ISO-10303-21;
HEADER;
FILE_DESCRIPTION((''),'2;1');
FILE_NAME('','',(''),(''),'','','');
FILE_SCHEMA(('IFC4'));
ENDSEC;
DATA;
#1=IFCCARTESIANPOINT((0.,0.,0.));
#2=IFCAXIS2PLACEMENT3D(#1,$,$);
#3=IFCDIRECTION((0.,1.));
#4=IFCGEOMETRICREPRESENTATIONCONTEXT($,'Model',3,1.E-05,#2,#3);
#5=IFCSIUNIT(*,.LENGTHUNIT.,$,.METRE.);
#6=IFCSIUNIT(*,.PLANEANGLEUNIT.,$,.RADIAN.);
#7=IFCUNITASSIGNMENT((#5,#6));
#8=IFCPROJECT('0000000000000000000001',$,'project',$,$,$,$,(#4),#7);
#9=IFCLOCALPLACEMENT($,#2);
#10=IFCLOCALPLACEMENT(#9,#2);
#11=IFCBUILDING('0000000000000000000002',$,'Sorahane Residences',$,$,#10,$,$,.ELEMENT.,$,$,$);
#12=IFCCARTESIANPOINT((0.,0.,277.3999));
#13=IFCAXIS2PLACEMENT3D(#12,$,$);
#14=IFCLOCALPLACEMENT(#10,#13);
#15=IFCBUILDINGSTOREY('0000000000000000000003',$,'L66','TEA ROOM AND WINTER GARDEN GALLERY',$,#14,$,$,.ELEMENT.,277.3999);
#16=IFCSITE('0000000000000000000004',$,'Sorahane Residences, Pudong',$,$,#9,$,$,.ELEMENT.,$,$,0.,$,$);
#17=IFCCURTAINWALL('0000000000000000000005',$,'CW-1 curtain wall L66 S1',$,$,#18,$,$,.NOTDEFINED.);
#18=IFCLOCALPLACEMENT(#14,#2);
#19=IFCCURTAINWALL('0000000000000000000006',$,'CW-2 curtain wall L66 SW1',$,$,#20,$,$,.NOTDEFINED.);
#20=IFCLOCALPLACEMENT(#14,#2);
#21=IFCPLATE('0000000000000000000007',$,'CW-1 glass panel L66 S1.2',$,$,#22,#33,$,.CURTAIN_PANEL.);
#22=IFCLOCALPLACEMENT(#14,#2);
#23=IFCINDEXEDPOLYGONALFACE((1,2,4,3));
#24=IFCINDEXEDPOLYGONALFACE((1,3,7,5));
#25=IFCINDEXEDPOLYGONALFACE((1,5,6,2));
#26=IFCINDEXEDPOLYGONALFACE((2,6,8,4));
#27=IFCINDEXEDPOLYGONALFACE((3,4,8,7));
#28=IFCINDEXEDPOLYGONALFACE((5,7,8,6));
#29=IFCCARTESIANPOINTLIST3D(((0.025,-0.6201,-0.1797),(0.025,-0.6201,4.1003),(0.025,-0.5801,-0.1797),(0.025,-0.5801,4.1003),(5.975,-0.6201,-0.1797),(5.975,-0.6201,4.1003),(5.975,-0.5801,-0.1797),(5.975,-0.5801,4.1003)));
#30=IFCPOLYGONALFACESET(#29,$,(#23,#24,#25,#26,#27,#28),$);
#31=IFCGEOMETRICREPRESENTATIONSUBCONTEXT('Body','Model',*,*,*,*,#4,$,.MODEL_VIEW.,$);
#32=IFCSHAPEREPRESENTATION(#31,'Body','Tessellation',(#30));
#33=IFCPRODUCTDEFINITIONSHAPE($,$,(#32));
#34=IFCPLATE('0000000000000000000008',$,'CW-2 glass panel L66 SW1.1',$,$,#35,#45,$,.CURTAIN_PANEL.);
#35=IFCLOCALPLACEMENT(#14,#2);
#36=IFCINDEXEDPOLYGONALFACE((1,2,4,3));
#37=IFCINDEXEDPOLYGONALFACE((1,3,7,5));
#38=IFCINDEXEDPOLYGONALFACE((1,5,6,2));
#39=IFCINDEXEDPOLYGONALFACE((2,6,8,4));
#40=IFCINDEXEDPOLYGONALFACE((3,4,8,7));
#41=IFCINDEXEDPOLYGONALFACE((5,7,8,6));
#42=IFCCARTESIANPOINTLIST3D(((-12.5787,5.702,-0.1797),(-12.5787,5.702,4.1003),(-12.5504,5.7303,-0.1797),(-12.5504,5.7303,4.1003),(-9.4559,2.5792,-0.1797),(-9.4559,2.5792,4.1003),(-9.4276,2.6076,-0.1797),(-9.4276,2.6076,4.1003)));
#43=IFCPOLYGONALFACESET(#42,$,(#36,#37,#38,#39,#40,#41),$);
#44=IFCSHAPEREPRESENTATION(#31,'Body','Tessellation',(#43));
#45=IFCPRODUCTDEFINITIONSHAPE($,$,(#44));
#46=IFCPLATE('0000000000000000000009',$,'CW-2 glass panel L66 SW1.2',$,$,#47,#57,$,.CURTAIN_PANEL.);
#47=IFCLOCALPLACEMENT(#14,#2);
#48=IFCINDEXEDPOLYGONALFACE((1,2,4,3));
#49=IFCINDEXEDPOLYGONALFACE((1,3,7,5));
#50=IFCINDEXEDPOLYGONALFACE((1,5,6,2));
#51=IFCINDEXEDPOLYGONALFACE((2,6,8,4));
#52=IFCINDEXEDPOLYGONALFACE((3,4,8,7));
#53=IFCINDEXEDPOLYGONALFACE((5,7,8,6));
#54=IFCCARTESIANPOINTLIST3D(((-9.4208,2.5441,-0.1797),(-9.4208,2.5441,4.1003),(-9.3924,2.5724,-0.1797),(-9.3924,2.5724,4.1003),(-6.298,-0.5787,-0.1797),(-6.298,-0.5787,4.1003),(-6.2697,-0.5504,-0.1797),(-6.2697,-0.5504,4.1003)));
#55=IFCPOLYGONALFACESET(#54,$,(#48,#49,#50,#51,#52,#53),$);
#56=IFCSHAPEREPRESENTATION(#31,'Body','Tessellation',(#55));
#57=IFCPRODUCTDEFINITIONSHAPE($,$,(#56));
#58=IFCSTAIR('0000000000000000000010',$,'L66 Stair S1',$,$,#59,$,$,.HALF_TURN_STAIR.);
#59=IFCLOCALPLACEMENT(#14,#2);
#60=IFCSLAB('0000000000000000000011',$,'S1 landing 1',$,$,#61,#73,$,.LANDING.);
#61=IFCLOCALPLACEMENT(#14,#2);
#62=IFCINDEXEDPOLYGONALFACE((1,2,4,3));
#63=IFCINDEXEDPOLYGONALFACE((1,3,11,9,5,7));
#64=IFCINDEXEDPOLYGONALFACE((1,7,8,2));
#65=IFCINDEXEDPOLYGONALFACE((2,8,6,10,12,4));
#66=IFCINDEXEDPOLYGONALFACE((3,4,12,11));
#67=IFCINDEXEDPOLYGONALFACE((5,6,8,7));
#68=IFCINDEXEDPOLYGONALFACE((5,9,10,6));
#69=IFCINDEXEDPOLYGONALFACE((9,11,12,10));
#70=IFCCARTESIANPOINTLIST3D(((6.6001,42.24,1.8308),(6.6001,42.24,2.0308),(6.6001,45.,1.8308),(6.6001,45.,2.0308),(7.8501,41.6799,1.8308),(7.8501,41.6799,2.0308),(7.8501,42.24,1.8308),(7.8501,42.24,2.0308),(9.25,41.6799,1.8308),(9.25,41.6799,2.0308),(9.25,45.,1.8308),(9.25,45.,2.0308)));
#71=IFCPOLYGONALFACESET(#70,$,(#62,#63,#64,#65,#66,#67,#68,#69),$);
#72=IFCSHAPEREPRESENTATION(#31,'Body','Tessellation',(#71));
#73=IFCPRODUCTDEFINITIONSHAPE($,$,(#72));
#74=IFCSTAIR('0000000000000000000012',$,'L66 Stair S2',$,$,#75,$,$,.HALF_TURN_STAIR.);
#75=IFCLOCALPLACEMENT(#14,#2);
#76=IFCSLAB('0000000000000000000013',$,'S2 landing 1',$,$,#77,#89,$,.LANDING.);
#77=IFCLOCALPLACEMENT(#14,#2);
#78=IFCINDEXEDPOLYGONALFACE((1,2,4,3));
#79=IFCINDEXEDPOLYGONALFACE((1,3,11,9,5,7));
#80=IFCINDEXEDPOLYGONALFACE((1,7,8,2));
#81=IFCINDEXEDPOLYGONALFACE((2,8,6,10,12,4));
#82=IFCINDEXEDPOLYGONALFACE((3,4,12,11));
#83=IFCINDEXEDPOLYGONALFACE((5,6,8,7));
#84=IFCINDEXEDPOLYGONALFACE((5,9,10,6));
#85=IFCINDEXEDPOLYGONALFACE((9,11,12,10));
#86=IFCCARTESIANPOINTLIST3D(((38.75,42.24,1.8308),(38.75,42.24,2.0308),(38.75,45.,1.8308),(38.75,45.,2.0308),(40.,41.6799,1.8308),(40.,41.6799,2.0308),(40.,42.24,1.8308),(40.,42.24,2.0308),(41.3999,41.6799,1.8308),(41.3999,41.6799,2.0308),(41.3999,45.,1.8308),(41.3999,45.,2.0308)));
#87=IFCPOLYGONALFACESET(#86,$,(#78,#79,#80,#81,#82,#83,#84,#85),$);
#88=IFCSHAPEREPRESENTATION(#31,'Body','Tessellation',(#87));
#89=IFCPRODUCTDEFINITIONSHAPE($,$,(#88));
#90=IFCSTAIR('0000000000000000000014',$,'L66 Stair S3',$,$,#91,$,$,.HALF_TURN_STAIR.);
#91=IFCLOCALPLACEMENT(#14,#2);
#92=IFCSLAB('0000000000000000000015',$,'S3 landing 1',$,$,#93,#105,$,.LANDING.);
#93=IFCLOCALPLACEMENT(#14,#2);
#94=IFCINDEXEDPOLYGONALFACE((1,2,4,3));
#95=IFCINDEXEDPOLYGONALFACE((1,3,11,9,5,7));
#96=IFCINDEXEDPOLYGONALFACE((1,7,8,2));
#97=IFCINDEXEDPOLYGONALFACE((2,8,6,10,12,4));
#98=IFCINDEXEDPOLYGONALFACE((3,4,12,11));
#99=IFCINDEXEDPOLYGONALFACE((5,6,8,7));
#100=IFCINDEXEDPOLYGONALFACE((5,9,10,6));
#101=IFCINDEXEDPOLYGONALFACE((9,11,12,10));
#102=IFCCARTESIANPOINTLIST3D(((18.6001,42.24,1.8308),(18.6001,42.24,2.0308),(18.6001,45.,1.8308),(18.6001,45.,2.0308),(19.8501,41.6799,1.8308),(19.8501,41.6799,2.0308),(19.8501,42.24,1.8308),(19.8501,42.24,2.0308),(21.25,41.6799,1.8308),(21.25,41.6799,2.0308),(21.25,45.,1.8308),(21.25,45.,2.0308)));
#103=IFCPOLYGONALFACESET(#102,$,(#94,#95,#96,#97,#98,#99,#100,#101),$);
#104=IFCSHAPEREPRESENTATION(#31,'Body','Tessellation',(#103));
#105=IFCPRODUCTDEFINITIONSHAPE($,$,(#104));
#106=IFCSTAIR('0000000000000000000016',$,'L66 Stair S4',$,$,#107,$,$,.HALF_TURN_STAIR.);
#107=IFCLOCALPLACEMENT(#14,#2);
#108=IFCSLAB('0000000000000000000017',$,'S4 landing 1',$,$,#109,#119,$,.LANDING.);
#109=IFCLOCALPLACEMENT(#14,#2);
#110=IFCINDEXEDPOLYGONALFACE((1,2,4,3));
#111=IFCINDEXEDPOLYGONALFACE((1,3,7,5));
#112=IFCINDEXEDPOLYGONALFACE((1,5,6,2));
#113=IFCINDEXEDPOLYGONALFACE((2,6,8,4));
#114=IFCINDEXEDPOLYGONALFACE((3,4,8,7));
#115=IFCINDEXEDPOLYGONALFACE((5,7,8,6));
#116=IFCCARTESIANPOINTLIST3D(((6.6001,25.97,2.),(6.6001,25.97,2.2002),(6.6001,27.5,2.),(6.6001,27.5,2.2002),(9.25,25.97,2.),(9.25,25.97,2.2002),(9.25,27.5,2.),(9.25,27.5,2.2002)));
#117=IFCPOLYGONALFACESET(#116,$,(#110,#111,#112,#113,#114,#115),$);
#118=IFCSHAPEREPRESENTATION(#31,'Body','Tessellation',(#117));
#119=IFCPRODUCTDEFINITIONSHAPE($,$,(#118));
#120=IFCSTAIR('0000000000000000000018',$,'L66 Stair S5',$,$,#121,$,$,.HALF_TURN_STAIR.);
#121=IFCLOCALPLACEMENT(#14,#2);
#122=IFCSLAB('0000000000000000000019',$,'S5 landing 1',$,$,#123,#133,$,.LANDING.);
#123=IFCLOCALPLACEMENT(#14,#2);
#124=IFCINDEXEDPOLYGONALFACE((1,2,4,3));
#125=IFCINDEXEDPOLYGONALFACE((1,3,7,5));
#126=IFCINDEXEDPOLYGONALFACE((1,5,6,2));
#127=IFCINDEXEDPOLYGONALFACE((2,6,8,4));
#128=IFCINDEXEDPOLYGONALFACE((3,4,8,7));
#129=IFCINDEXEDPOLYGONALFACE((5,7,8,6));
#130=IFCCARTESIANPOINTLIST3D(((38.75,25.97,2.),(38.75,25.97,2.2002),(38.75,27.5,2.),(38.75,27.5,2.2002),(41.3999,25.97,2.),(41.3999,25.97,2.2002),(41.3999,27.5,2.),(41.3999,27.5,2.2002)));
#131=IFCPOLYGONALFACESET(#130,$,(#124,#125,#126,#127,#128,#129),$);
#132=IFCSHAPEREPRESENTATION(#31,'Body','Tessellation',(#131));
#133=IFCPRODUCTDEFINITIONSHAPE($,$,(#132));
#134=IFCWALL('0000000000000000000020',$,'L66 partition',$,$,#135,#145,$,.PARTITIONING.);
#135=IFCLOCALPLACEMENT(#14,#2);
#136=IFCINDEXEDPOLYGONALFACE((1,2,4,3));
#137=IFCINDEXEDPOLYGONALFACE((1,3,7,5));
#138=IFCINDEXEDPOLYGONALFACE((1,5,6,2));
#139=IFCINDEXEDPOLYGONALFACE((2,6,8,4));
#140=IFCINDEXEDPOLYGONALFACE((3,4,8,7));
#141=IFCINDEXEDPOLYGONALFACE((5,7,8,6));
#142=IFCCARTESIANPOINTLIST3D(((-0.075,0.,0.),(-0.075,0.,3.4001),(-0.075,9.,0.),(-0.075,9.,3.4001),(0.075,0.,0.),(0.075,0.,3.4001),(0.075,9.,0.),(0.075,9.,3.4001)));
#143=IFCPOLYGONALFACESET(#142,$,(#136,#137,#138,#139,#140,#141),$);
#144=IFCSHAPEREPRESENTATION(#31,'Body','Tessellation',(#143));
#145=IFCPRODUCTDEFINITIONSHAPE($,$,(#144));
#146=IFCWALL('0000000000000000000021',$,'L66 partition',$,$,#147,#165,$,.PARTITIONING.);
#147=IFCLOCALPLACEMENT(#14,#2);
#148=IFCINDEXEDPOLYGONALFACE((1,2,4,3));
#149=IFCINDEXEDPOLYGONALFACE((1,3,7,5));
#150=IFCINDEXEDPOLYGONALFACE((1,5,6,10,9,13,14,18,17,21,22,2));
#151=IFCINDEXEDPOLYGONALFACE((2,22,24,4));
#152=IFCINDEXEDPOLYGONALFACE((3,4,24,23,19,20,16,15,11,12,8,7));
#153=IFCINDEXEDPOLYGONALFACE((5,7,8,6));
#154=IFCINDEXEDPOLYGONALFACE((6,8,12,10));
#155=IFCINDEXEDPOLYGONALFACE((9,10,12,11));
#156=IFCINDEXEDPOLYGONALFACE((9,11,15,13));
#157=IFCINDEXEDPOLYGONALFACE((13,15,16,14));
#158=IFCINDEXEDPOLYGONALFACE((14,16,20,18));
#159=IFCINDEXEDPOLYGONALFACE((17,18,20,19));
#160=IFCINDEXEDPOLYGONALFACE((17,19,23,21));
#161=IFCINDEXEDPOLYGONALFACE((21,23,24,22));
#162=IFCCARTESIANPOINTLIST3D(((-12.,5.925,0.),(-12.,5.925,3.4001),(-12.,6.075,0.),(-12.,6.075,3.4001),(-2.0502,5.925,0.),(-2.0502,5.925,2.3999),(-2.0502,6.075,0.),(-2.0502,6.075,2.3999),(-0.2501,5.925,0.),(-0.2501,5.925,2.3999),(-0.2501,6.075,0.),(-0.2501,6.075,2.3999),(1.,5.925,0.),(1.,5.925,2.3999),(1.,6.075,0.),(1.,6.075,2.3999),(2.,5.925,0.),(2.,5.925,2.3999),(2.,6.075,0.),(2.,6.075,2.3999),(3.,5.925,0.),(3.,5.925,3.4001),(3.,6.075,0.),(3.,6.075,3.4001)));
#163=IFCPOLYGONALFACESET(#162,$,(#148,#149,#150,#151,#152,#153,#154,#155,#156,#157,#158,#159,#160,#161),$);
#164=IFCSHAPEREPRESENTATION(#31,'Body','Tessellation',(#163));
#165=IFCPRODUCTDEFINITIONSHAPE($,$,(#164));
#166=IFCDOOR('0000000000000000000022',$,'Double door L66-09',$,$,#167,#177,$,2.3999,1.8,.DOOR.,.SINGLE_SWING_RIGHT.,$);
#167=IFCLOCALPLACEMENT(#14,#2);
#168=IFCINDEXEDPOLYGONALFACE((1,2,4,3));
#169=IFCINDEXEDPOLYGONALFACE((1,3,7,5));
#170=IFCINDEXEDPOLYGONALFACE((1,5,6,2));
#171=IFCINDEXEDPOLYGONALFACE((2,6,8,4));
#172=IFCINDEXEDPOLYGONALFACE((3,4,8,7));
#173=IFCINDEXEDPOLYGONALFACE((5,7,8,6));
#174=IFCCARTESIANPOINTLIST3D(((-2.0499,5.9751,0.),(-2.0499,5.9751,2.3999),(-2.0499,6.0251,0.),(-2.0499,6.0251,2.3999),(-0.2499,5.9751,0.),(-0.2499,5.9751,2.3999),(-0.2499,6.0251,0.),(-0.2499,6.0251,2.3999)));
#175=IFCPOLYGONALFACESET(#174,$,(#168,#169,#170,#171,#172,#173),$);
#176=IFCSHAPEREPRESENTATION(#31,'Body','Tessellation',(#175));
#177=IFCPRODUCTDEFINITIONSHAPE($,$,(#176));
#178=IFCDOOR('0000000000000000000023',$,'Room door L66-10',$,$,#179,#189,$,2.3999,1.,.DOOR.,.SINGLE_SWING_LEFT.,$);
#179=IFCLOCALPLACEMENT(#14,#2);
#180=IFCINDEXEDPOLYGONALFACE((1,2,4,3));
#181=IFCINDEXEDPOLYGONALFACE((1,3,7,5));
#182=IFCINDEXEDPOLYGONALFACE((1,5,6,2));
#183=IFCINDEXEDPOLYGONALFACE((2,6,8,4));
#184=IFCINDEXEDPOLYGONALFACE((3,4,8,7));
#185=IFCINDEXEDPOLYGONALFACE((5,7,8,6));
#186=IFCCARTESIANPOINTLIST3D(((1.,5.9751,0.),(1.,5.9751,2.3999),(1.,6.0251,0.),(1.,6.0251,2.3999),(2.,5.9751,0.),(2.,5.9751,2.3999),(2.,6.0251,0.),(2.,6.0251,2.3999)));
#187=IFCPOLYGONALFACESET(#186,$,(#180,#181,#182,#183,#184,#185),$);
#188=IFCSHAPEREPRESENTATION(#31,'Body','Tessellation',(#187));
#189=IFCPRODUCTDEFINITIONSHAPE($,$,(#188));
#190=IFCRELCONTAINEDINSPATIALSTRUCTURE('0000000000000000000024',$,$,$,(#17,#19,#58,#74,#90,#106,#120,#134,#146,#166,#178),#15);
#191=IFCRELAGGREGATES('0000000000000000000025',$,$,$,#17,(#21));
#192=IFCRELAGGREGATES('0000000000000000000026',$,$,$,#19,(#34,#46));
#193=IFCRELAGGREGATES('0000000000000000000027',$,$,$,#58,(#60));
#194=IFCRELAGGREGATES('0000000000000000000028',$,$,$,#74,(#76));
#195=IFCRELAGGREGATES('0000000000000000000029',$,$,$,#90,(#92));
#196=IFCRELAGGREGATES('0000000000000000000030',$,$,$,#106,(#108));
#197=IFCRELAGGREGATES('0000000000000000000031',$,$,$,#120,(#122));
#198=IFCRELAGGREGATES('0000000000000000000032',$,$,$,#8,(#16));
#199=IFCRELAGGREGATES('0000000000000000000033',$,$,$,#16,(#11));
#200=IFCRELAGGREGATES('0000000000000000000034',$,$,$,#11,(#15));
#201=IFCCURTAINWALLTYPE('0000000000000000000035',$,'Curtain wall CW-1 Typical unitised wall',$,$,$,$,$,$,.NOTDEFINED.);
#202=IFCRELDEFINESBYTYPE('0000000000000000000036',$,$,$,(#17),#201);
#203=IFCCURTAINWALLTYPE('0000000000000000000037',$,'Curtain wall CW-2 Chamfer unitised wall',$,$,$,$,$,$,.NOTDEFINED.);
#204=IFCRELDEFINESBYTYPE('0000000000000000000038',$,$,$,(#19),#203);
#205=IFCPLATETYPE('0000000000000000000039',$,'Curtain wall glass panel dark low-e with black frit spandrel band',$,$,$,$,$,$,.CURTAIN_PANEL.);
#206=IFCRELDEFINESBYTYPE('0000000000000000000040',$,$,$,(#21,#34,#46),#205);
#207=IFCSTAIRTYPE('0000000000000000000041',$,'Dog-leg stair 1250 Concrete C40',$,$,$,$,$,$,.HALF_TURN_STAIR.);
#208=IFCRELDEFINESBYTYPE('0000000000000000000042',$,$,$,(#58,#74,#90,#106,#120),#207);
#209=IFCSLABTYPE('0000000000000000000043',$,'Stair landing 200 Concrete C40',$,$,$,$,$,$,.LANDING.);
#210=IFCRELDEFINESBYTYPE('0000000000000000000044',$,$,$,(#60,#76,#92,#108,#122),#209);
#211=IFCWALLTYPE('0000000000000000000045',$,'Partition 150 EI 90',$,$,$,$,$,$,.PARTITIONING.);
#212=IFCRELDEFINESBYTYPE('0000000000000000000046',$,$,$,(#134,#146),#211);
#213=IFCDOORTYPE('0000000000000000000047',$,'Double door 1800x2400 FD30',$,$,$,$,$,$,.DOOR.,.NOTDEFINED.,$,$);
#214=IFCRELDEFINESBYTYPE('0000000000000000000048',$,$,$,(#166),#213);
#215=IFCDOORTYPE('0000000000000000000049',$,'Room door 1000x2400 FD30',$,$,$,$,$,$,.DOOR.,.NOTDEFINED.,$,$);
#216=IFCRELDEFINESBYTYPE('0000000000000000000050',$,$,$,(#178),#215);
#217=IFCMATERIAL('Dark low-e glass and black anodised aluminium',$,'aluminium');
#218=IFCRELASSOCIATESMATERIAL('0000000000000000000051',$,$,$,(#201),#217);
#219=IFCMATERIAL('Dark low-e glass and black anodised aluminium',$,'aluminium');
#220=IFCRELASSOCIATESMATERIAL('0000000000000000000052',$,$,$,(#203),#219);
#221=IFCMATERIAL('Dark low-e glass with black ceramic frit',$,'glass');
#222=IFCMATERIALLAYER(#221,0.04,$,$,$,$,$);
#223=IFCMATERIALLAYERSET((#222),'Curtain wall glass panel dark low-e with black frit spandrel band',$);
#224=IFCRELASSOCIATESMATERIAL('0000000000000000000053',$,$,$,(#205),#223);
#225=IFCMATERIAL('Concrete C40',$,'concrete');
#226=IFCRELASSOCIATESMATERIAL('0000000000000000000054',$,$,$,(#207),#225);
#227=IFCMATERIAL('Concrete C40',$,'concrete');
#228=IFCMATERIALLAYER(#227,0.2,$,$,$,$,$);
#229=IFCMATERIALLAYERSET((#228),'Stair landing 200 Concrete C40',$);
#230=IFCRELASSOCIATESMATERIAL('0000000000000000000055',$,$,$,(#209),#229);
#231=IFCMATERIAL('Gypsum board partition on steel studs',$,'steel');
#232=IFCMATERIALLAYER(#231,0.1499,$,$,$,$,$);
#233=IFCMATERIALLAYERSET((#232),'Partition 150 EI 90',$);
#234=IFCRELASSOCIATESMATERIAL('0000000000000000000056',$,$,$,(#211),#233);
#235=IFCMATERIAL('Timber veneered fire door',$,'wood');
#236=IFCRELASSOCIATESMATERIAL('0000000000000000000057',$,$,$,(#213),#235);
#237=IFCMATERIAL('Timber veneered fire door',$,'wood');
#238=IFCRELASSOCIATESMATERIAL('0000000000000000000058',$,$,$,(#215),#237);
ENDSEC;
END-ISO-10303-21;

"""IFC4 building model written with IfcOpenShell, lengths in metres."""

from ifc_helpers import new_model, si_unit, direction, frame, frame_2d, origin, origin_2d, place, context, subcontext, project, spatial, polyline, rectangle, outline, extrude, material, layer, layer_set, type_object, element, fill, aggregate, save


model = new_model("IFC4")

# Units and contexts
model_context = context("Model", 3, precision=1e-05, world=origin(), true_north=direction((0.0, 1.0)))
body_context = subcontext(model_context, "Body", "Model", "MODEL_VIEW")
ifc_project = project(units=[si_unit("LENGTHUNIT", "METRE"), si_unit("PLANEANGLEUNIT", "RADIAN")], contexts=[model_context])

# Site, building, storey
site_placement = place(None, origin())
site = spatial("IfcSite", under=ifc_project, at=site_placement, Name="Sorahane Residences, Pudong", CompositionType="ELEMENT", RefElevation=0.0)
building_placement = place(site_placement, origin())
building = spatial("IfcBuilding", under=site, at=building_placement, Name="Sorahane Residences", CompositionType="ELEMENT")
storey_placement = place(building_placement, frame((0.0, 0.0, 277.3999)))
storey = spatial("IfcBuildingStorey", under=building, at=storey_placement, Name="L66", Description="TEA ROOM AND WINTER GARDEN GALLERY", CompositionType="ELEMENT", Elevation=277.3999)

# Curtain wall
ifc_material_1 = material(Name="Dark low-e glass and black anodised aluminium", Category="aluminium")
curtain_wall_type_1 = type_object("IfcCurtainWallType", Name="Curtain wall CW-1 Typical unitised wall", PredefinedType="NOTDEFINED", material=ifc_material_1)
curtain_wall_1_placement = place(storey_placement, origin())
curtain_wall_1 = element("IfcCurtainWall", 1, at=curtain_wall_1_placement, inside=storey, type_object=curtain_wall_type_1, Name="CW-1 curtain wall L66 S1", PredefinedType="NOTDEFINED")

# Curtain wall
ifc_material_2 = material(Name="Dark low-e glass and black anodised aluminium", Category="aluminium")
curtain_wall_type_2 = type_object("IfcCurtainWallType", Name="Curtain wall CW-2 Chamfer unitised wall", PredefinedType="NOTDEFINED", material=ifc_material_2)
curtain_wall_2_placement = place(storey_placement, origin())
curtain_wall_2 = element("IfcCurtainWall", 2, at=curtain_wall_2_placement, inside=storey, type_object=curtain_wall_type_2, Name="CW-2 curtain wall L66 SW1", PredefinedType="NOTDEFINED")

# Plates
ifc_material_3 = material(Name="Dark low-e glass with black ceramic frit", Category="glass")
ifc_layer_1 = layer(ifc_material_3, 0.04)
ifc_layer_set_1 = layer_set([ifc_layer_1], Name="Curtain wall glass panel dark low-e with black frit spandrel band")
plate_type = type_object("IfcPlateType", Name="Curtain wall glass panel dark low-e with black frit spandrel band", PredefinedType="CURTAIN_PANEL", material=ifc_layer_set_1)
plate_1_placement = place(storey_placement, frame((3.0, -0.6001, -0.1797), z_axis=(0.0, 0.0, 1.0), x_axis=(1.0, 0.0, 0.0)))
plate_1 = element("IfcPlate", 3, at=plate_1_placement, type_object=plate_type, Name="CW-1 glass panel L66 S1.2", PredefinedType="CURTAIN_PANEL", context=body_context, shape_type="SweptSolid", body=[
    extrude(rectangle(XDim=5.95, YDim=0.04, at=origin_2d()), origin(), (0.0, 0.0, 1.0), 4.28),
])
aggregate(curtain_wall_1, [plate_1])
plate_2_placement = place(storey_placement, frame((-11.0032, 4.1548, -0.1797), z_axis=(0.0, 0.0, 1.0), x_axis=(0.707107, -0.707107, 0.0)))
plate_2 = element("IfcPlate", 4, at=plate_2_placement, type_object=plate_type, Name="CW-2 glass panel L66 SW1.1", PredefinedType="CURTAIN_PANEL", context=body_context, shape_type="SweptSolid", body=[
    extrude(rectangle(XDim=4.4163, YDim=0.04, at=origin_2d()), origin(), (0.0, 0.0, 1.0), 4.28),
])
plate_3_placement = place(storey_placement, frame((-7.8452, 0.9968, -0.1797), z_axis=(0.0, 0.0, 1.0), x_axis=(0.707107, -0.707107, 0.0)))
plate_3 = element("IfcPlate", 5, at=plate_3_placement, type_object=plate_type, Name="CW-2 glass panel L66 SW1.2", PredefinedType="CURTAIN_PANEL", context=body_context, shape_type="SweptSolid", body=[
    extrude(rectangle(XDim=4.4163, YDim=0.04, at=origin_2d()), origin(), (0.0, 0.0, 1.0), 4.28),
])
aggregate(curtain_wall_2, [plate_2, plate_3])

# Stairs, slabs
ifc_material_4 = material(Name="Concrete C40", Category="concrete")
stair_type = type_object("IfcStairType", Name="Dog-leg stair 1250 Concrete C40", PredefinedType="HALF_TURN_STAIR", material=ifc_material_4)
stair_1_placement = place(storey_placement, origin())
stair_1 = element("IfcStair", 6, at=stair_1_placement, inside=storey, type_object=stair_type, Name="L66 Stair S1", PredefinedType="HALF_TURN_STAIR")
ifc_material_5 = material(Name="Concrete C40", Category="concrete")
ifc_layer_2 = layer(ifc_material_5, 0.2)
ifc_layer_set_2 = layer_set([ifc_layer_2], Name="Stair landing 200 Concrete C40")
slab_type_1 = type_object("IfcSlabType", Name="Stair landing 200 Concrete C40", PredefinedType="LANDING", material=ifc_layer_set_2)
slab_1_placement = place(storey_placement, frame((0.0, 0.0, 1.8308)))
slab_1 = element("IfcSlab", 7, at=slab_1_placement, type_object=slab_type_1, Name="S1 landing 1", PredefinedType="LANDING", context=body_context, shape_type="SweptSolid", body=[
    extrude(outline(polyline([(9.25, 41.6799), (9.25, 45.0), (6.6001, 45.0), (6.6001, 42.24), (7.8501, 42.24), (7.8501, 41.6799), (9.25, 41.6799)])), origin(), (0.0, 0.0, 1.0), 0.2),
])
aggregate(stair_1, [slab_1])
stair_2_placement = place(storey_placement, origin())
stair_2 = element("IfcStair", 8, at=stair_2_placement, inside=storey, type_object=stair_type, Name="L66 Stair S2", PredefinedType="HALF_TURN_STAIR")
slab_2_placement = place(storey_placement, frame((0.0, 0.0, 1.8308)))
slab_2 = element("IfcSlab", 9, at=slab_2_placement, type_object=slab_type_1, Name="S2 landing 1", PredefinedType="LANDING", context=body_context, shape_type="SweptSolid", body=[
    extrude(outline(polyline([(41.3999, 41.6799), (41.3999, 45.0), (38.75, 45.0), (38.75, 42.24), (40.0, 42.24), (40.0, 41.6799), (41.3999, 41.6799)])), origin(), (0.0, 0.0, 1.0), 0.2),
])
aggregate(stair_2, [slab_2])
stair_3_placement = place(storey_placement, origin())
stair_3 = element("IfcStair", 10, at=stair_3_placement, inside=storey, type_object=stair_type, Name="L66 Stair S3", PredefinedType="HALF_TURN_STAIR")
slab_3_placement = place(storey_placement, frame((0.0, 0.0, 1.8308)))
slab_3 = element("IfcSlab", 11, at=slab_3_placement, type_object=slab_type_1, Name="S3 landing 1", PredefinedType="LANDING", context=body_context, shape_type="SweptSolid", body=[
    extrude(outline(polyline([(21.25, 41.6799), (21.25, 45.0), (18.6001, 45.0), (18.6001, 42.24), (19.8501, 42.24), (19.8501, 41.6799), (21.25, 41.6799)])), origin(), (0.0, 0.0, 1.0), 0.2),
])
aggregate(stair_3, [slab_3])
stair_4_placement = place(storey_placement, origin())
stair_4 = element("IfcStair", 12, at=stair_4_placement, inside=storey, type_object=stair_type, Name="L66 Stair S4", PredefinedType="HALF_TURN_STAIR")
slab_4_placement = place(storey_placement, frame((0.0, 0.0, 2.0)))
slab_4 = element("IfcSlab", 13, at=slab_4_placement, type_object=slab_type_1, Name="S4 landing 1", PredefinedType="LANDING", context=body_context, shape_type="SweptSolid", body=[
    extrude(outline(polyline([(9.25, 25.97), (9.25, 27.5), (6.6001, 27.5), (6.6001, 25.97), (9.25, 25.97)])), origin(), (0.0, 0.0, 1.0), 0.2002),
])
aggregate(stair_4, [slab_4])
stair_5_placement = place(storey_placement, origin())
stair_5 = element("IfcStair", 14, at=stair_5_placement, inside=storey, type_object=stair_type, Name="L66 Stair S5", PredefinedType="HALF_TURN_STAIR")
slab_5_placement = place(storey_placement, frame((0.0, 0.0, 2.0)))
slab_5 = element("IfcSlab", 15, at=slab_5_placement, type_object=slab_type_1, Name="S5 landing 1", PredefinedType="LANDING", context=body_context, shape_type="SweptSolid", body=[
    extrude(outline(polyline([(41.3999, 25.97), (41.3999, 27.5), (38.75, 27.5), (38.75, 25.97), (41.3999, 25.97)])), origin(), (0.0, 0.0, 1.0), 0.2002),
])
aggregate(stair_5, [slab_5])

# Wall
ifc_material_6 = material(Name="Gypsum board partition on steel studs", Category="steel")
ifc_layer_3 = layer(ifc_material_6, 0.1499)
ifc_layer_set_3 = layer_set([ifc_layer_3], Name="Partition 150 EI 90")
wall_type = type_object("IfcWallType", Name="Partition 150 EI 90", PredefinedType="PARTITIONING", material=ifc_layer_set_3)
wall_1_placement = place(storey_placement, frame((0.0, 0.0, 0.0), z_axis=(0.0, 0.0, 1.0), x_axis=(0.0, 1.0, 0.0)))
element("IfcWall", 16, at=wall_1_placement, inside=storey, type_object=wall_type, Name="L66 partition", PredefinedType="PARTITIONING", context=body_context, shape_type="SweptSolid", body=[
    extrude(rectangle(XDim=9.0, YDim=0.1499, at=frame_2d((4.5, 0.0))), origin(), (0.0, 0.0, 1.0), 3.4001),
])

# Wall, openings, doors
wall_2_placement = place(storey_placement, frame((-12.0, 6.0, 0.0), z_axis=(0.0, 0.0, 1.0), x_axis=(1.0, 0.0, 0.0)))
wall_2 = element("IfcWall", 17, at=wall_2_placement, inside=storey, type_object=wall_type, Name="L66 partition", PredefinedType="PARTITIONING", context=body_context, shape_type="SweptSolid", body=[
    extrude(rectangle(XDim=15.0, YDim=0.1499, at=frame_2d((7.5, 0.0))), origin(), (0.0, 0.0, 1.0), 3.4001),
])
opening_1_placement = place(wall_2_placement, frame((9.95, 0.0, 0.0)))
opening_1 = element("IfcOpeningElement", 18, at=opening_1_placement, cuts=wall_2, PredefinedType="OPENING", context=body_context, shape_type="SweptSolid", body=[
    extrude(rectangle(XDim=1.8, YDim=2.3999, at=frame_2d((0.8999, 1.2))), frame((0.0, 0.085, 0.0), z_axis=(0.0, -1.0, 0.0), x_axis=(1.0, 0.0, 0.0)), (0.0, 0.0, 1.0), 0.1699),
])
opening_2_placement = place(wall_2_placement, frame((13.0, 0.0, 0.0)))
opening_2 = element("IfcOpeningElement", 19, at=opening_2_placement, cuts=wall_2, PredefinedType="OPENING", context=body_context, shape_type="SweptSolid", body=[
    extrude(rectangle(XDim=1.0, YDim=2.3999, at=frame_2d((0.5, 1.2))), frame((0.0, 0.085, 0.0), z_axis=(0.0, -1.0, 0.0), x_axis=(1.0, 0.0, 0.0)), (0.0, 0.0, 1.0), 0.1699),
])
ifc_material_7 = material(Name="Timber veneered fire door", Category="wood")
door_type_1 = type_object("IfcDoorType", Name="Double door 1800x2400 FD30", OperationType="NOTDEFINED", PredefinedType="DOOR", material=ifc_material_7)
door_1_placement = place(opening_1_placement, frame((1.8, 0.0, 0.0), z_axis=(0.0, 0.0, 1.0), x_axis=(-1.0, 0.0, 0.0)))
door_1 = element("IfcDoor", 20, at=door_1_placement, inside=storey, type_object=door_type_1, Name="Double door L66-09", OperationType="SINGLE_SWING_RIGHT", OverallHeight=2.3999, OverallWidth=1.8, PredefinedType="DOOR", context=body_context, shape_type="SweptSolid", body=[
    extrude(rectangle(XDim=1.8, YDim=2.3999, at=frame_2d((0.8999, 1.2))), frame((0.0, 0.0249, 0.0), z_axis=(0.0, -1.0, 0.0), x_axis=(1.0, 0.0, 0.0)), (0.0, 0.0, 1.0), 0.05),
])
fill(opening_1, door_1)
ifc_material_8 = material(Name="Timber veneered fire door", Category="wood")
door_type_2 = type_object("IfcDoorType", Name="Room door 1000x2400 FD30", OperationType="NOTDEFINED", PredefinedType="DOOR", material=ifc_material_8)
door_2_placement = place(opening_2_placement, frame((1.0, 0.0, 0.0), z_axis=(0.0, 0.0, 1.0), x_axis=(-1.0, 0.0, 0.0)))
door_2 = element("IfcDoor", 21, at=door_2_placement, inside=storey, type_object=door_type_2, Name="Room door L66-10", OperationType="SINGLE_SWING_LEFT", OverallHeight=2.3999, OverallWidth=1.0, PredefinedType="DOOR", context=body_context, shape_type="SweptSolid", body=[
    extrude(rectangle(XDim=1.0, YDim=2.3999, at=frame_2d((0.5, 1.2))), frame((0.0, 0.0249, 0.0), z_axis=(0.0, -1.0, 0.0), x_axis=(1.0, 0.0, 0.0)), (0.0, 0.0, 1.0), 0.05),
])
fill(opening_2, door_2)

save(model, "model.ifc")
